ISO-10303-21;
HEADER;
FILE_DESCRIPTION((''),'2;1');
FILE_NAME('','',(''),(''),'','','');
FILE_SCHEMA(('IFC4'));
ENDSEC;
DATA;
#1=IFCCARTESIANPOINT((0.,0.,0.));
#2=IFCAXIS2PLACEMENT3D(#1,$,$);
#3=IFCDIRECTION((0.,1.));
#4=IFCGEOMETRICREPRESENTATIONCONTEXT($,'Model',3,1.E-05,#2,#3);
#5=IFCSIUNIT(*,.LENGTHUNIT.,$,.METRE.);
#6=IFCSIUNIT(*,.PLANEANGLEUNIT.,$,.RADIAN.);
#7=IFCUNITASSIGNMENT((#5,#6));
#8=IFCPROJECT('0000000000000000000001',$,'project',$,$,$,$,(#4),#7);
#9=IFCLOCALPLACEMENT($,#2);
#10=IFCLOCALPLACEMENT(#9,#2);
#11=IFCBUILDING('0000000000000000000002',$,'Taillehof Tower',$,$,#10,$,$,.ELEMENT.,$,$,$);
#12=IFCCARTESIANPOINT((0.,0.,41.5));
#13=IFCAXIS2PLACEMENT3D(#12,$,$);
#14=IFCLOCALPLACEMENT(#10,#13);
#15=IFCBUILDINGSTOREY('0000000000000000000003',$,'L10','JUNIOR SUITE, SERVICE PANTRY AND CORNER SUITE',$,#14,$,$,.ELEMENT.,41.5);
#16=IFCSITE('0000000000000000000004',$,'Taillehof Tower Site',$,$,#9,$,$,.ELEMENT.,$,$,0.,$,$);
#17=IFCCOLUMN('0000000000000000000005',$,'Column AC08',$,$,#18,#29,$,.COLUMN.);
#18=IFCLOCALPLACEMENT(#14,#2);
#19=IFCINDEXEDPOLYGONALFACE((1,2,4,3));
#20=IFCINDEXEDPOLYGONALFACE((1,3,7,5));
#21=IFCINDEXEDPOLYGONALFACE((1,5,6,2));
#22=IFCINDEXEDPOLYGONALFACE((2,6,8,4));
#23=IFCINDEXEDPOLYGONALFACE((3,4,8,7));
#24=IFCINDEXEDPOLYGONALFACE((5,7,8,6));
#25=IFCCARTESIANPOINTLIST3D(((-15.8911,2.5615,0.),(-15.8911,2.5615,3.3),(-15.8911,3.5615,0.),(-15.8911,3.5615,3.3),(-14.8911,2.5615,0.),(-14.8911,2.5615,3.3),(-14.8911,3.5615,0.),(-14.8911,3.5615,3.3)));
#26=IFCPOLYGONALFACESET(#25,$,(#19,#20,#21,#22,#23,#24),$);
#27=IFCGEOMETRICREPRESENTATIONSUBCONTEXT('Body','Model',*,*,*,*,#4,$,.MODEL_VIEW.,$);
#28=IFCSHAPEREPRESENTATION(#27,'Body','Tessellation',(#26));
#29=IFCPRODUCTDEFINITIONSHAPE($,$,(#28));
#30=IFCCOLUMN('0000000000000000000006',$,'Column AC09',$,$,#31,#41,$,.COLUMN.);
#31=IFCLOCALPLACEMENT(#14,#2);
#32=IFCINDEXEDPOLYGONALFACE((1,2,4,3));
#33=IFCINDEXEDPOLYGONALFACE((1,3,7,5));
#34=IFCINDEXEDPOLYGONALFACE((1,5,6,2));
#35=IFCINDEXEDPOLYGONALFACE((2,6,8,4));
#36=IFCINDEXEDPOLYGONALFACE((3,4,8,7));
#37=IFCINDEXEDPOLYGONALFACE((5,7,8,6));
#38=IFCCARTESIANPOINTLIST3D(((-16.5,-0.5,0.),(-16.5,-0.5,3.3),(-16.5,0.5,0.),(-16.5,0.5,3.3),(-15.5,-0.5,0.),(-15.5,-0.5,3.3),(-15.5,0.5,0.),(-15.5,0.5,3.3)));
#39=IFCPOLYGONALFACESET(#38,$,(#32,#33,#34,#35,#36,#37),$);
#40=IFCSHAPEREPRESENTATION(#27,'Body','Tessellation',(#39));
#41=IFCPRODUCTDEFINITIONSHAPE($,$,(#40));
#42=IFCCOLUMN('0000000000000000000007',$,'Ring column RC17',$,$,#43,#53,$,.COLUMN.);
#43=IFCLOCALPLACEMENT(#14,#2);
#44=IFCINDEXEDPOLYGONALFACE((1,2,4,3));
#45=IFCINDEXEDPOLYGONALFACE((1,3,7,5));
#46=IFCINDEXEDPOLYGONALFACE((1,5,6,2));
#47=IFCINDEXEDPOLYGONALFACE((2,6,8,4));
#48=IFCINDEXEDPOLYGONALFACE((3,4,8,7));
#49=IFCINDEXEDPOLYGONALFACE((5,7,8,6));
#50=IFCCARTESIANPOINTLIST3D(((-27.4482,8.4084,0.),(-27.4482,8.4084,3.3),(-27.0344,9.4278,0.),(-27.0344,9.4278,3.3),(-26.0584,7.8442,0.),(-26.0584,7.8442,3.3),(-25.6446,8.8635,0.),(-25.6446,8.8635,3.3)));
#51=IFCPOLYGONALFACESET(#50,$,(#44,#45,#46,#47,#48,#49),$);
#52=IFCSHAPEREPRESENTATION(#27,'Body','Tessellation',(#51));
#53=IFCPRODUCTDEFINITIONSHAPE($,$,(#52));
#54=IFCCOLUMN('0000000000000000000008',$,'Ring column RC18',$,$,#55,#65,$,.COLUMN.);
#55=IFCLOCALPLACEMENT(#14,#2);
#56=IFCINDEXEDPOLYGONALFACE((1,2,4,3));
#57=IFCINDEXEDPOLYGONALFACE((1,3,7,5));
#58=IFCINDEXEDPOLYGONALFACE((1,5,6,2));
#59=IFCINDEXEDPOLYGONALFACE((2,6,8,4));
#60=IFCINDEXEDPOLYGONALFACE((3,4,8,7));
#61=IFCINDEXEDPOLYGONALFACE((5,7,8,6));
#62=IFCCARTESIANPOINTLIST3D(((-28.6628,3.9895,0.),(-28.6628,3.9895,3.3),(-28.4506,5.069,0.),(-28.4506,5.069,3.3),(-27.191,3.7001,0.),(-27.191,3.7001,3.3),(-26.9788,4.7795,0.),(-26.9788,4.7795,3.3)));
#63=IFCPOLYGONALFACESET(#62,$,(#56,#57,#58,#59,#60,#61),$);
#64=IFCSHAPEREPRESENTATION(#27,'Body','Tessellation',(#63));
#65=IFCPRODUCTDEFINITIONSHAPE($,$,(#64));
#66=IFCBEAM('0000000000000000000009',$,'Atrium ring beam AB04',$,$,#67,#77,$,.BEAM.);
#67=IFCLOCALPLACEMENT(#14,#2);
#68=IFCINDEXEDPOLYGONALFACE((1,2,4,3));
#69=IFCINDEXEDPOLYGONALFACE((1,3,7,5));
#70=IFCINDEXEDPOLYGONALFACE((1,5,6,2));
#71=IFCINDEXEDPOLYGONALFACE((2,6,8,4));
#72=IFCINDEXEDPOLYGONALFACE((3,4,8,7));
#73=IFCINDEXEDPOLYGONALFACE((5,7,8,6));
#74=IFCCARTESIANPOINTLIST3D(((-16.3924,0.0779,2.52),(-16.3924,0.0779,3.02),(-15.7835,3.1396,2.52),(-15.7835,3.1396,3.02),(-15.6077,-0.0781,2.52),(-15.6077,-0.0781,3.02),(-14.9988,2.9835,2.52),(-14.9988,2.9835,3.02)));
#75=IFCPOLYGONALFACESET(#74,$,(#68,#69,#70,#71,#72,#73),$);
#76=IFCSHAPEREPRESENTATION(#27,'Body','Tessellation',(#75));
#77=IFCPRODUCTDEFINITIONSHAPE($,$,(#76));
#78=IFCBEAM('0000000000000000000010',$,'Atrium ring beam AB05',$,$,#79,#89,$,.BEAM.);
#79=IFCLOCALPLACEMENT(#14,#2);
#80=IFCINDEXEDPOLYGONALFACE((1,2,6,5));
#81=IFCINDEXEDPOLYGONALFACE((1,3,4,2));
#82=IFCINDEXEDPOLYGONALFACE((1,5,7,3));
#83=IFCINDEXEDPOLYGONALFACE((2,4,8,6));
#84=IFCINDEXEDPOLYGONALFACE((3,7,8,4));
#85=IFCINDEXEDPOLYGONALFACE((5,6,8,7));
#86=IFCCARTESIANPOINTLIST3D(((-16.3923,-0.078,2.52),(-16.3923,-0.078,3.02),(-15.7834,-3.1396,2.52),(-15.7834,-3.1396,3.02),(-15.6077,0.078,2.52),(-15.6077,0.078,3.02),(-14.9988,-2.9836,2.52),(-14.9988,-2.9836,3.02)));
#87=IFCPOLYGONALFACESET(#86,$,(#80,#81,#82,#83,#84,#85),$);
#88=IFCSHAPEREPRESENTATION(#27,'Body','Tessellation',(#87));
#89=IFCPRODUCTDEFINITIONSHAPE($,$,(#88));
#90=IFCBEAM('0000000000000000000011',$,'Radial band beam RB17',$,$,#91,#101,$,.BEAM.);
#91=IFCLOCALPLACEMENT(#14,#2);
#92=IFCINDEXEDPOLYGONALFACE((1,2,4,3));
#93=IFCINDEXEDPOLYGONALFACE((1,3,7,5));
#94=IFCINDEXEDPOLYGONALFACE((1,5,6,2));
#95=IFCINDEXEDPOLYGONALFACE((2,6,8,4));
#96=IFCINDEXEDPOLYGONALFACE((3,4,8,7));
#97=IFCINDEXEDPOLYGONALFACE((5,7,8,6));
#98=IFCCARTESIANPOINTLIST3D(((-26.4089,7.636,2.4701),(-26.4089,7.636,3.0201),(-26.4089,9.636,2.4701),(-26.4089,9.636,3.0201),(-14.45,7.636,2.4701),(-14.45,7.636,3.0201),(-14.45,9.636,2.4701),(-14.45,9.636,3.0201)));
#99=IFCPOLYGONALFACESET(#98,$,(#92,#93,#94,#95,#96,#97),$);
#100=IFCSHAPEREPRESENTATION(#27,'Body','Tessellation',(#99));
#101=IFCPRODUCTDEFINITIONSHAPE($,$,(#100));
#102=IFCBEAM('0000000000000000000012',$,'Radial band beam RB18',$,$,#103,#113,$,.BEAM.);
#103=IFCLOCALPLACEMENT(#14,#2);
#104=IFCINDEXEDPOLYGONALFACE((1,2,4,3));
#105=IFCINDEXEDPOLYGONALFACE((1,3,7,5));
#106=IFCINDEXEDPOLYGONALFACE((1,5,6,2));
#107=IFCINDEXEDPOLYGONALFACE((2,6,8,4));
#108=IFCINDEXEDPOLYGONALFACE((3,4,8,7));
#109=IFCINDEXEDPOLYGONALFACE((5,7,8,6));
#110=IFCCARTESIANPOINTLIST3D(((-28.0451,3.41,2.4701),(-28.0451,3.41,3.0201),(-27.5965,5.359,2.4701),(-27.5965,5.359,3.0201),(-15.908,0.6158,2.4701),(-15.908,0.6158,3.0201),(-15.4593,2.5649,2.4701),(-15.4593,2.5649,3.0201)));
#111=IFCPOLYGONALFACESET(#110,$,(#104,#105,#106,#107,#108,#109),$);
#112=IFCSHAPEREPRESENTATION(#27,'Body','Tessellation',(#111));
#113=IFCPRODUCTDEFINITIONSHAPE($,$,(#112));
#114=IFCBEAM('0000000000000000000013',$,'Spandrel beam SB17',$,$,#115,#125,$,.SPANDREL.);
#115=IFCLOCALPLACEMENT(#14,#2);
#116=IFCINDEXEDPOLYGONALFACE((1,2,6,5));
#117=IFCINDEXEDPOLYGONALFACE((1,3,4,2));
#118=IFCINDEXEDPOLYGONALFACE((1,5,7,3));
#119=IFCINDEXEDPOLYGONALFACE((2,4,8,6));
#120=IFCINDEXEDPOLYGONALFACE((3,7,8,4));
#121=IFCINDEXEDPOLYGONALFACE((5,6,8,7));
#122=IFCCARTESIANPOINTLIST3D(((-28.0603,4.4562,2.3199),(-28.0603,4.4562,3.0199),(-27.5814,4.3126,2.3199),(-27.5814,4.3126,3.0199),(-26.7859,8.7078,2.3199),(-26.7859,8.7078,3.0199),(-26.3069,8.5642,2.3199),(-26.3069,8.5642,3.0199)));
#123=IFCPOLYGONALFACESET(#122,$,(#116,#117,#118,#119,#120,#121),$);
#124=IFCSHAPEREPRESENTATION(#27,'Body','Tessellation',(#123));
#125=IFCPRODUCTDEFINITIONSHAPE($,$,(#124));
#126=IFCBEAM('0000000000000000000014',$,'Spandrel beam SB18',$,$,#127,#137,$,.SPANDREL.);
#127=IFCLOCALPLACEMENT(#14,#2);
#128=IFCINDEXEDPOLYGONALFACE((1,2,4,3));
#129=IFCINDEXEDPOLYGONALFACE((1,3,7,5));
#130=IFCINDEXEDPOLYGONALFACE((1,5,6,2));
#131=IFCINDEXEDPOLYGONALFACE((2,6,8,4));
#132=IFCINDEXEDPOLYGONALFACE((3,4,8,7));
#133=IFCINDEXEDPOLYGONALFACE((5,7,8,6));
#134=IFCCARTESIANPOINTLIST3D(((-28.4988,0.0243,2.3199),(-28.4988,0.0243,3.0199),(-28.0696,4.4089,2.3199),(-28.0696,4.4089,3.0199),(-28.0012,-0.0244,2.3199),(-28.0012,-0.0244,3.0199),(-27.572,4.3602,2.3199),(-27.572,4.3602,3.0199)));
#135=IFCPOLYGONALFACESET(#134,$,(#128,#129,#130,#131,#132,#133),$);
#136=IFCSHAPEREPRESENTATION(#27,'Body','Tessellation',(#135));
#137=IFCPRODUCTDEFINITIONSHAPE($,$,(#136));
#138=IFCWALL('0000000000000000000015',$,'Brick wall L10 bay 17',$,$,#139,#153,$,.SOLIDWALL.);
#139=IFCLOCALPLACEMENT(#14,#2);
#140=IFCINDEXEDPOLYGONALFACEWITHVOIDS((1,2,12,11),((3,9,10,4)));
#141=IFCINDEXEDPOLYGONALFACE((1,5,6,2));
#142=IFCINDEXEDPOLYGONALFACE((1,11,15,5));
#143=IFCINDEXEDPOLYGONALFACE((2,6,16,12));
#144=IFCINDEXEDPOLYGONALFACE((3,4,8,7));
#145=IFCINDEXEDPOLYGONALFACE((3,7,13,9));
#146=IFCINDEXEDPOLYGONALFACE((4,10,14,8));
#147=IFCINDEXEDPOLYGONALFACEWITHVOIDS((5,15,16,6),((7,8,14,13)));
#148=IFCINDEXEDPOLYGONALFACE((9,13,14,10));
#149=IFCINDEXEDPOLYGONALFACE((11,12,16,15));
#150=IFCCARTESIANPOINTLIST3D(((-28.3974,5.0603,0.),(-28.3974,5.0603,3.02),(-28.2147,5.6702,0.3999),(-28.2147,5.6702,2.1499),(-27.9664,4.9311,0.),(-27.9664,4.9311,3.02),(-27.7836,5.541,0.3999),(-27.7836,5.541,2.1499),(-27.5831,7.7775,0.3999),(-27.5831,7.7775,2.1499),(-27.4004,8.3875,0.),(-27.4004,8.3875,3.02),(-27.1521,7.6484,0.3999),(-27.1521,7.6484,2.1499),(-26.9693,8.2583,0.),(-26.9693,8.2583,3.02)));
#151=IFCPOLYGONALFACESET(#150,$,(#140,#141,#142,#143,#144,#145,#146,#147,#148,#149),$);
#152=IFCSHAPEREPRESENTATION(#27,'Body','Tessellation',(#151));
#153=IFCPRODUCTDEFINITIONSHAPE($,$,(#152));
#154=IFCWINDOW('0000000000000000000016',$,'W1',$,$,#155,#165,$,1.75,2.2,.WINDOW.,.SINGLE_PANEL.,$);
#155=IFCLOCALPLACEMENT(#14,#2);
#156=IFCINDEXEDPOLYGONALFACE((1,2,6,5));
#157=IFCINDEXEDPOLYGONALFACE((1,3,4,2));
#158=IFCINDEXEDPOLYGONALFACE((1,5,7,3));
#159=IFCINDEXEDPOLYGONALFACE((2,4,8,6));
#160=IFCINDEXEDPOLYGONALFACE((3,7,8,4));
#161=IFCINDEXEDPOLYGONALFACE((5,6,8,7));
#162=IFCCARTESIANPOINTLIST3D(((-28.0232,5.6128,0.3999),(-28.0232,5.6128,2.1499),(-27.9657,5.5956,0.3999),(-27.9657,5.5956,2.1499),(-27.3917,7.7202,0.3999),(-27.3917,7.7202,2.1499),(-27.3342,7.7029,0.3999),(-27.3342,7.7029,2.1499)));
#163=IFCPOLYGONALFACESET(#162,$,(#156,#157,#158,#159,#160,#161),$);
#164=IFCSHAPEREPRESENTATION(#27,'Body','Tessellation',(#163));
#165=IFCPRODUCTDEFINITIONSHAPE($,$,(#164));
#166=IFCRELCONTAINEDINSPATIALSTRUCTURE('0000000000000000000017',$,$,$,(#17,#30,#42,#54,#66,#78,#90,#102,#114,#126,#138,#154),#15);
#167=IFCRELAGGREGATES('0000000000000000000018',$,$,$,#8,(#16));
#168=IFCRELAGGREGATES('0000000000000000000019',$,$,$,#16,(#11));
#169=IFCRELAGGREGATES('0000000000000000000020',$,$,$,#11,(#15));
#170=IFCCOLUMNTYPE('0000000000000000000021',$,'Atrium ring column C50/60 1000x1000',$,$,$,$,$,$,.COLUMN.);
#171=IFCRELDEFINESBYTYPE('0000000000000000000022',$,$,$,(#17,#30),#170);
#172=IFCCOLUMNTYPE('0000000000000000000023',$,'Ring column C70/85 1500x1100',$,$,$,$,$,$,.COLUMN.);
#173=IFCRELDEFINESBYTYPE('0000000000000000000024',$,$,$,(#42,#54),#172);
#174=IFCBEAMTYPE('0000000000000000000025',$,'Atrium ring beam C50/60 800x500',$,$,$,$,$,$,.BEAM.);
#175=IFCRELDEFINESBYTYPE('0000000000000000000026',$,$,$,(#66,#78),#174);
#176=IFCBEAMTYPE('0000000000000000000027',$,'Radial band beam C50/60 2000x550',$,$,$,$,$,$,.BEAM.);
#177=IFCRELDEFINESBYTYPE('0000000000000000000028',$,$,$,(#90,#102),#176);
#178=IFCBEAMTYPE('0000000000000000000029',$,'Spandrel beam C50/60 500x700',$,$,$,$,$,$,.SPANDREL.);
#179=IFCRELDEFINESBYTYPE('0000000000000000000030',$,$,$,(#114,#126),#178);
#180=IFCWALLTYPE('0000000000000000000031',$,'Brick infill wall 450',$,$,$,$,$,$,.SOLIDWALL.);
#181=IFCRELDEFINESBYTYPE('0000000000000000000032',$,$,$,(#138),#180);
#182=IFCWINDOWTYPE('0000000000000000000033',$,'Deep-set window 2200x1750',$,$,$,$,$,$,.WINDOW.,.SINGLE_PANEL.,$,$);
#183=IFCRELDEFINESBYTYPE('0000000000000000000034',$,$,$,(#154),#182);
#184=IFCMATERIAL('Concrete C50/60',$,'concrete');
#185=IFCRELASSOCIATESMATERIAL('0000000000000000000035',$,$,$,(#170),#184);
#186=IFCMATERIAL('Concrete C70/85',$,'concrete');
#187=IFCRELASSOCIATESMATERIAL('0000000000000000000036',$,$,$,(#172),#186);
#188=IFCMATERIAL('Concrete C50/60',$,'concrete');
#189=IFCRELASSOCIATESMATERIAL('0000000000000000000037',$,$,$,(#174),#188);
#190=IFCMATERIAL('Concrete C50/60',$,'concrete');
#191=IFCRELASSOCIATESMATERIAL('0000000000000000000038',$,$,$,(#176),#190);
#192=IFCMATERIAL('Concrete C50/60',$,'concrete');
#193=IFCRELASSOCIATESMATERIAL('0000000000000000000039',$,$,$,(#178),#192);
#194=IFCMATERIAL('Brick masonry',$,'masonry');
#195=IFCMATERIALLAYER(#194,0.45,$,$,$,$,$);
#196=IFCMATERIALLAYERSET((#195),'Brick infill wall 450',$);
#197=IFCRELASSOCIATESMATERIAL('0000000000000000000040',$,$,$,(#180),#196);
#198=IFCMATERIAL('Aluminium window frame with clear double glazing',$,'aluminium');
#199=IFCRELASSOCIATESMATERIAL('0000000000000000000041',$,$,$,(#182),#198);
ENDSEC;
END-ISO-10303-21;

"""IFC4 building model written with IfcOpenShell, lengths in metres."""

from ifc_helpers import new_model, si_unit, direction, frame, frame_2d, origin, origin_2d, place, context, subcontext, project, spatial, rectangle, extrude, material, layer, layer_set, material_profile, profile_set, type_object, element, fill, save


model = new_model("IFC4")

# Units and contexts
model_context = context("Model", 3, precision=1e-05, world=origin(), true_north=direction((0.0, 1.0)))
body_context = subcontext(model_context, "Body", "Model", "MODEL_VIEW")
ifc_project = project(units=[si_unit("LENGTHUNIT", "METRE"), si_unit("PLANEANGLEUNIT", "RADIAN")], contexts=[model_context])

# Site, building, storey
site_placement = place(None, origin())
site = spatial("IfcSite", under=ifc_project, at=site_placement, Name="Taillehof Tower Site", CompositionType="ELEMENT", RefElevation=0.0)
building_placement = place(site_placement, origin())
building = spatial("IfcBuilding", under=site, at=building_placement, Name="Taillehof Tower", CompositionType="ELEMENT")
storey_placement = place(building_placement, frame((0.0, 0.0, 41.5)))
storey = spatial("IfcBuildingStorey", under=building, at=storey_placement, Name="L10", Description="JUNIOR SUITE, SERVICE PANTRY AND CORNER SUITE", CompositionType="ELEMENT", Elevation=41.5)

# Columns
ifc_material_1 = material(Name="Concrete C50/60", Category="concrete")
ifc_material_profile_1 = material_profile(ifc_material_1, rectangle(XDim=1.0, YDim=1.0, at=origin_2d()), Name="RC 1000x1000")
ifc_profile_set_1 = profile_set([ifc_material_profile_1], Name="Concrete C50/60")
column_type_1 = type_object("IfcColumnType", Name="Atrium ring column C50/60 1000x1000", PredefinedType="COLUMN", material=ifc_profile_set_1)
for number, where, z_axis, x_axis, name in (
    (1, (-15.3911, 3.0615, 0.0), (0.0, 0.0, 1.0), (1.0, 0.0, 0.0), "Column AC08"),
    (2, (-16.0, 0.0, 0.0), (0.0, 0.0, 1.0), (1.0, 0.0, 0.0), "Column AC09"),
):
    element("IfcColumn", number, at=place(storey_placement, frame(where, z_axis=z_axis, x_axis=x_axis)), inside=storey, type_object=column_type_1, Name=name, PredefinedType="COLUMN", context=body_context, shape_type="SweptSolid", body=[
        extrude(rectangle(XDim=1.0, YDim=1.0, at=origin_2d()), origin(), (0.0, 0.0, 1.0), 3.3),
    ])
ifc_material_2 = material(Name="Concrete C70/85", Category="concrete")
ifc_material_profile_2 = material_profile(ifc_material_2, rectangle(XDim=1.5, YDim=1.1001, at=origin_2d()), Name="RC 1500x1100")
ifc_profile_set_2 = profile_set([ifc_material_profile_2], Name="Concrete C70/85")
column_type_2 = type_object("IfcColumnType", Name="Ring column C70/85 1500x1100", PredefinedType="COLUMN", material=ifc_profile_set_2)
for number, where, z_axis, x_axis, name in (
    (3, (-26.5464, 8.636, 0.0), (0.0, 0.0, 1.0), (-0.926558, 0.376152, 0.0), "Ring column RC17"),
    (4, (-27.8208, 4.3845, 0.0), (0.0, 0.0, 1.0), (-0.981204, 0.192976, 0.0), "Ring column RC18"),
):
    element("IfcColumn", number, at=place(storey_placement, frame(where, z_axis=z_axis, x_axis=x_axis)), inside=storey, type_object=column_type_2, Name=name, PredefinedType="COLUMN", context=body_context, shape_type="SweptSolid", body=[
        extrude(rectangle(XDim=1.5, YDim=1.1001, at=origin_2d()), origin(), (0.0, 0.0, 1.0), 3.3),
    ])

# Beams
ifc_material_3 = material(Name="Concrete C50/60", Category="concrete")
ifc_material_profile_3 = material_profile(ifc_material_3, rectangle(XDim=0.8, YDim=0.5, at=origin_2d()), Name="RC 800x500")
ifc_profile_set_3 = profile_set([ifc_material_profile_3], Name="Concrete C50/60")
beam_type_1 = type_object("IfcBeamType", Name="Atrium ring beam C50/60 800x500", PredefinedType="BEAM", material=ifc_profile_set_3)
for number, where, z_axis, x_axis, name in (
    (5, (-15.3911, 3.0615, 2.77), (-0.195063, -0.980791, 0.0), (0.980791, -0.195063, 0.0), "Atrium ring beam AB04"),
    (6, (-16.0, 0.0, 2.77), (0.195063, -0.980791, 0.0), (0.980791, 0.195063, 0.0), "Atrium ring beam AB05"),
):
    element("IfcBeam", number, at=place(storey_placement, frame(where, z_axis=z_axis, x_axis=x_axis)), inside=storey, type_object=beam_type_1, Name=name, PredefinedType="BEAM", context=body_context, shape_type="SweptSolid", body=[
        extrude(rectangle(XDim=0.8, YDim=0.5, at=origin_2d()), origin(), (0.0, 0.0, 1.0), 3.1216),
    ])
ifc_material_4 = material(Name="Concrete C50/60", Category="concrete")
ifc_material_profile_4 = material_profile(ifc_material_4, rectangle(XDim=2.0, YDim=0.55, at=origin_2d()), Name="RC 2000x550")
ifc_profile_set_4 = profile_set([ifc_material_profile_4], Name="Concrete C50/60")
beam_type_2 = type_object("IfcBeamType", Name="Radial band beam C50/60 2000x550", PredefinedType="BEAM", material=ifc_profile_set_4)
beam_1_placement = place(storey_placement, frame((-26.4089, 8.636, 2.7451), z_axis=(1.0, 0.0, 0.0), x_axis=(0.0, 1.0, 0.0)))
element("IfcBeam", 7, at=beam_1_placement, inside=storey, type_object=beam_type_2, Name="Radial band beam RB17", PredefinedType="BEAM", context=body_context, shape_type="SweptSolid", body=[
    extrude(rectangle(XDim=2.0, YDim=0.55, at=origin_2d()), origin(), (0.0, 0.0, 1.0), 11.959),
])
beam_2_placement = place(storey_placement, frame((-27.8208, 4.3845, 2.7451), z_axis=(0.974509, -0.224348, 0.0), x_axis=(0.224348, 0.974509, 0.0)))
element("IfcBeam", 8, at=beam_2_placement, inside=storey, type_object=beam_type_2, Name="Radial band beam RB18", PredefinedType="BEAM", context=body_context, shape_type="SweptSolid", body=[
    extrude(rectangle(XDim=2.0, YDim=0.55, at=origin_2d()), origin(), (0.0, 0.0, 1.0), 12.4546),
])
ifc_material_5 = material(Name="Concrete C50/60", Category="concrete")
ifc_material_profile_5 = material_profile(ifc_material_5, rectangle(XDim=0.5, YDim=0.7, at=origin_2d()), Name="RC 500x700")
ifc_profile_set_5 = profile_set([ifc_material_profile_5], Name="Concrete C50/60")
beam_type_3 = type_object("IfcBeamType", Name="Spandrel beam C50/60 500x700", PredefinedType="SPANDREL", material=ifc_profile_set_5)
beam_3_placement = place(storey_placement, frame((-26.5464, 8.636, 2.6699), z_axis=(-0.287136, -0.95789, 0.0), x_axis=(0.95789, -0.287136, 0.0)))
element("IfcBeam", 9, at=beam_3_placement, inside=storey, type_object=beam_type_3, Name="Spandrel beam SB17", PredefinedType="SPANDREL", context=body_context, shape_type="SweptSolid", body=[
    extrude(rectangle(XDim=0.5, YDim=0.7, at=origin_2d()), origin(), (0.0, 0.0, 1.0), 4.4385),
])
beam_4_placement = place(storey_placement, frame((-27.8208, 4.3845, 2.6699), z_axis=(-0.097424, -0.995243, 0.0), x_axis=(0.995243, -0.097424, 0.0)))
element("IfcBeam", 10, at=beam_4_placement, inside=storey, type_object=beam_type_3, Name="Spandrel beam SB18", PredefinedType="SPANDREL", context=body_context, shape_type="SweptSolid", body=[
    extrude(rectangle(XDim=0.5, YDim=0.7, at=origin_2d()), origin(), (0.0, 0.0, 1.0), 4.4055),
])

# Wall, opening, window
ifc_material_6 = material(Name="Brick masonry", Category="masonry")
ifc_layer_1 = layer(ifc_material_6, 0.45)
ifc_layer_set_1 = layer_set([ifc_layer_1], Name="Brick infill wall 450")
wall_type_1 = type_object("IfcWallType", Name="Brick infill wall 450", PredefinedType="SOLIDWALL", material=ifc_layer_set_1)
wall_1_placement = place(storey_placement, frame((-27.1848, 8.323, 0.0), z_axis=(0.0, 0.0, 1.0), x_axis=(-0.287064, -0.957911, 0.0)))
wall_1 = element("IfcWall", 11, at=wall_1_placement, inside=storey, type_object=wall_type_1, Name="Brick wall L10 bay 17", PredefinedType="SOLIDWALL", context=body_context, shape_type="SweptSolid", body=[
    extrude(rectangle(XDim=3.4734, YDim=0.45, at=frame_2d((1.7368, 0.0))), origin(), (0.0, 0.0, 1.0), 3.02),
])
opening_1_placement = place(wall_1_placement, frame((0.6367, 0.0, 0.3999)))
opening_1 = element("IfcOpeningElement", 12, at=opening_1_placement, cuts=wall_1, PredefinedType="OPENING", context=body_context, shape_type="SweptSolid", body=[
    extrude(rectangle(XDim=2.2, YDim=1.75, at=frame_2d((1.1001, 0.875))), frame((0.0, 0.2349, 0.0), z_axis=(0.0, -1.0, 0.0), x_axis=(1.0, 0.0, 0.0)), (0.0, 0.0, 1.0), 0.47),
])
ifc_material_7 = material(Name="Aluminium window frame with clear double glazing", Category="aluminium")
window_type = type_object("IfcWindowType", Name="Deep-set window 2200x1750", PartitioningType="SINGLE_PANEL", PredefinedType="WINDOW", material=ifc_material_7)
window_1_placement = place(opening_1_placement, origin())
window_1 = element("IfcWindow", 13, at=window_1_placement, inside=storey, type_object=window_type, Name="W1", OverallHeight=1.75, OverallWidth=2.2, PartitioningType="SINGLE_PANEL", PredefinedType="WINDOW", context=body_context, shape_type="SweptSolid", body=[
    extrude(rectangle(XDim=2.2, YDim=1.75, at=frame_2d((1.1001, 0.875))), frame((0.0, 0.0349, 0.0), z_axis=(0.0, -1.0, 0.0), x_axis=(1.0, 0.0, 0.0)), (0.0, 0.0, 1.0), 0.0601),
])
fill(opening_1, window_1)

save(model, "model.ifc")
